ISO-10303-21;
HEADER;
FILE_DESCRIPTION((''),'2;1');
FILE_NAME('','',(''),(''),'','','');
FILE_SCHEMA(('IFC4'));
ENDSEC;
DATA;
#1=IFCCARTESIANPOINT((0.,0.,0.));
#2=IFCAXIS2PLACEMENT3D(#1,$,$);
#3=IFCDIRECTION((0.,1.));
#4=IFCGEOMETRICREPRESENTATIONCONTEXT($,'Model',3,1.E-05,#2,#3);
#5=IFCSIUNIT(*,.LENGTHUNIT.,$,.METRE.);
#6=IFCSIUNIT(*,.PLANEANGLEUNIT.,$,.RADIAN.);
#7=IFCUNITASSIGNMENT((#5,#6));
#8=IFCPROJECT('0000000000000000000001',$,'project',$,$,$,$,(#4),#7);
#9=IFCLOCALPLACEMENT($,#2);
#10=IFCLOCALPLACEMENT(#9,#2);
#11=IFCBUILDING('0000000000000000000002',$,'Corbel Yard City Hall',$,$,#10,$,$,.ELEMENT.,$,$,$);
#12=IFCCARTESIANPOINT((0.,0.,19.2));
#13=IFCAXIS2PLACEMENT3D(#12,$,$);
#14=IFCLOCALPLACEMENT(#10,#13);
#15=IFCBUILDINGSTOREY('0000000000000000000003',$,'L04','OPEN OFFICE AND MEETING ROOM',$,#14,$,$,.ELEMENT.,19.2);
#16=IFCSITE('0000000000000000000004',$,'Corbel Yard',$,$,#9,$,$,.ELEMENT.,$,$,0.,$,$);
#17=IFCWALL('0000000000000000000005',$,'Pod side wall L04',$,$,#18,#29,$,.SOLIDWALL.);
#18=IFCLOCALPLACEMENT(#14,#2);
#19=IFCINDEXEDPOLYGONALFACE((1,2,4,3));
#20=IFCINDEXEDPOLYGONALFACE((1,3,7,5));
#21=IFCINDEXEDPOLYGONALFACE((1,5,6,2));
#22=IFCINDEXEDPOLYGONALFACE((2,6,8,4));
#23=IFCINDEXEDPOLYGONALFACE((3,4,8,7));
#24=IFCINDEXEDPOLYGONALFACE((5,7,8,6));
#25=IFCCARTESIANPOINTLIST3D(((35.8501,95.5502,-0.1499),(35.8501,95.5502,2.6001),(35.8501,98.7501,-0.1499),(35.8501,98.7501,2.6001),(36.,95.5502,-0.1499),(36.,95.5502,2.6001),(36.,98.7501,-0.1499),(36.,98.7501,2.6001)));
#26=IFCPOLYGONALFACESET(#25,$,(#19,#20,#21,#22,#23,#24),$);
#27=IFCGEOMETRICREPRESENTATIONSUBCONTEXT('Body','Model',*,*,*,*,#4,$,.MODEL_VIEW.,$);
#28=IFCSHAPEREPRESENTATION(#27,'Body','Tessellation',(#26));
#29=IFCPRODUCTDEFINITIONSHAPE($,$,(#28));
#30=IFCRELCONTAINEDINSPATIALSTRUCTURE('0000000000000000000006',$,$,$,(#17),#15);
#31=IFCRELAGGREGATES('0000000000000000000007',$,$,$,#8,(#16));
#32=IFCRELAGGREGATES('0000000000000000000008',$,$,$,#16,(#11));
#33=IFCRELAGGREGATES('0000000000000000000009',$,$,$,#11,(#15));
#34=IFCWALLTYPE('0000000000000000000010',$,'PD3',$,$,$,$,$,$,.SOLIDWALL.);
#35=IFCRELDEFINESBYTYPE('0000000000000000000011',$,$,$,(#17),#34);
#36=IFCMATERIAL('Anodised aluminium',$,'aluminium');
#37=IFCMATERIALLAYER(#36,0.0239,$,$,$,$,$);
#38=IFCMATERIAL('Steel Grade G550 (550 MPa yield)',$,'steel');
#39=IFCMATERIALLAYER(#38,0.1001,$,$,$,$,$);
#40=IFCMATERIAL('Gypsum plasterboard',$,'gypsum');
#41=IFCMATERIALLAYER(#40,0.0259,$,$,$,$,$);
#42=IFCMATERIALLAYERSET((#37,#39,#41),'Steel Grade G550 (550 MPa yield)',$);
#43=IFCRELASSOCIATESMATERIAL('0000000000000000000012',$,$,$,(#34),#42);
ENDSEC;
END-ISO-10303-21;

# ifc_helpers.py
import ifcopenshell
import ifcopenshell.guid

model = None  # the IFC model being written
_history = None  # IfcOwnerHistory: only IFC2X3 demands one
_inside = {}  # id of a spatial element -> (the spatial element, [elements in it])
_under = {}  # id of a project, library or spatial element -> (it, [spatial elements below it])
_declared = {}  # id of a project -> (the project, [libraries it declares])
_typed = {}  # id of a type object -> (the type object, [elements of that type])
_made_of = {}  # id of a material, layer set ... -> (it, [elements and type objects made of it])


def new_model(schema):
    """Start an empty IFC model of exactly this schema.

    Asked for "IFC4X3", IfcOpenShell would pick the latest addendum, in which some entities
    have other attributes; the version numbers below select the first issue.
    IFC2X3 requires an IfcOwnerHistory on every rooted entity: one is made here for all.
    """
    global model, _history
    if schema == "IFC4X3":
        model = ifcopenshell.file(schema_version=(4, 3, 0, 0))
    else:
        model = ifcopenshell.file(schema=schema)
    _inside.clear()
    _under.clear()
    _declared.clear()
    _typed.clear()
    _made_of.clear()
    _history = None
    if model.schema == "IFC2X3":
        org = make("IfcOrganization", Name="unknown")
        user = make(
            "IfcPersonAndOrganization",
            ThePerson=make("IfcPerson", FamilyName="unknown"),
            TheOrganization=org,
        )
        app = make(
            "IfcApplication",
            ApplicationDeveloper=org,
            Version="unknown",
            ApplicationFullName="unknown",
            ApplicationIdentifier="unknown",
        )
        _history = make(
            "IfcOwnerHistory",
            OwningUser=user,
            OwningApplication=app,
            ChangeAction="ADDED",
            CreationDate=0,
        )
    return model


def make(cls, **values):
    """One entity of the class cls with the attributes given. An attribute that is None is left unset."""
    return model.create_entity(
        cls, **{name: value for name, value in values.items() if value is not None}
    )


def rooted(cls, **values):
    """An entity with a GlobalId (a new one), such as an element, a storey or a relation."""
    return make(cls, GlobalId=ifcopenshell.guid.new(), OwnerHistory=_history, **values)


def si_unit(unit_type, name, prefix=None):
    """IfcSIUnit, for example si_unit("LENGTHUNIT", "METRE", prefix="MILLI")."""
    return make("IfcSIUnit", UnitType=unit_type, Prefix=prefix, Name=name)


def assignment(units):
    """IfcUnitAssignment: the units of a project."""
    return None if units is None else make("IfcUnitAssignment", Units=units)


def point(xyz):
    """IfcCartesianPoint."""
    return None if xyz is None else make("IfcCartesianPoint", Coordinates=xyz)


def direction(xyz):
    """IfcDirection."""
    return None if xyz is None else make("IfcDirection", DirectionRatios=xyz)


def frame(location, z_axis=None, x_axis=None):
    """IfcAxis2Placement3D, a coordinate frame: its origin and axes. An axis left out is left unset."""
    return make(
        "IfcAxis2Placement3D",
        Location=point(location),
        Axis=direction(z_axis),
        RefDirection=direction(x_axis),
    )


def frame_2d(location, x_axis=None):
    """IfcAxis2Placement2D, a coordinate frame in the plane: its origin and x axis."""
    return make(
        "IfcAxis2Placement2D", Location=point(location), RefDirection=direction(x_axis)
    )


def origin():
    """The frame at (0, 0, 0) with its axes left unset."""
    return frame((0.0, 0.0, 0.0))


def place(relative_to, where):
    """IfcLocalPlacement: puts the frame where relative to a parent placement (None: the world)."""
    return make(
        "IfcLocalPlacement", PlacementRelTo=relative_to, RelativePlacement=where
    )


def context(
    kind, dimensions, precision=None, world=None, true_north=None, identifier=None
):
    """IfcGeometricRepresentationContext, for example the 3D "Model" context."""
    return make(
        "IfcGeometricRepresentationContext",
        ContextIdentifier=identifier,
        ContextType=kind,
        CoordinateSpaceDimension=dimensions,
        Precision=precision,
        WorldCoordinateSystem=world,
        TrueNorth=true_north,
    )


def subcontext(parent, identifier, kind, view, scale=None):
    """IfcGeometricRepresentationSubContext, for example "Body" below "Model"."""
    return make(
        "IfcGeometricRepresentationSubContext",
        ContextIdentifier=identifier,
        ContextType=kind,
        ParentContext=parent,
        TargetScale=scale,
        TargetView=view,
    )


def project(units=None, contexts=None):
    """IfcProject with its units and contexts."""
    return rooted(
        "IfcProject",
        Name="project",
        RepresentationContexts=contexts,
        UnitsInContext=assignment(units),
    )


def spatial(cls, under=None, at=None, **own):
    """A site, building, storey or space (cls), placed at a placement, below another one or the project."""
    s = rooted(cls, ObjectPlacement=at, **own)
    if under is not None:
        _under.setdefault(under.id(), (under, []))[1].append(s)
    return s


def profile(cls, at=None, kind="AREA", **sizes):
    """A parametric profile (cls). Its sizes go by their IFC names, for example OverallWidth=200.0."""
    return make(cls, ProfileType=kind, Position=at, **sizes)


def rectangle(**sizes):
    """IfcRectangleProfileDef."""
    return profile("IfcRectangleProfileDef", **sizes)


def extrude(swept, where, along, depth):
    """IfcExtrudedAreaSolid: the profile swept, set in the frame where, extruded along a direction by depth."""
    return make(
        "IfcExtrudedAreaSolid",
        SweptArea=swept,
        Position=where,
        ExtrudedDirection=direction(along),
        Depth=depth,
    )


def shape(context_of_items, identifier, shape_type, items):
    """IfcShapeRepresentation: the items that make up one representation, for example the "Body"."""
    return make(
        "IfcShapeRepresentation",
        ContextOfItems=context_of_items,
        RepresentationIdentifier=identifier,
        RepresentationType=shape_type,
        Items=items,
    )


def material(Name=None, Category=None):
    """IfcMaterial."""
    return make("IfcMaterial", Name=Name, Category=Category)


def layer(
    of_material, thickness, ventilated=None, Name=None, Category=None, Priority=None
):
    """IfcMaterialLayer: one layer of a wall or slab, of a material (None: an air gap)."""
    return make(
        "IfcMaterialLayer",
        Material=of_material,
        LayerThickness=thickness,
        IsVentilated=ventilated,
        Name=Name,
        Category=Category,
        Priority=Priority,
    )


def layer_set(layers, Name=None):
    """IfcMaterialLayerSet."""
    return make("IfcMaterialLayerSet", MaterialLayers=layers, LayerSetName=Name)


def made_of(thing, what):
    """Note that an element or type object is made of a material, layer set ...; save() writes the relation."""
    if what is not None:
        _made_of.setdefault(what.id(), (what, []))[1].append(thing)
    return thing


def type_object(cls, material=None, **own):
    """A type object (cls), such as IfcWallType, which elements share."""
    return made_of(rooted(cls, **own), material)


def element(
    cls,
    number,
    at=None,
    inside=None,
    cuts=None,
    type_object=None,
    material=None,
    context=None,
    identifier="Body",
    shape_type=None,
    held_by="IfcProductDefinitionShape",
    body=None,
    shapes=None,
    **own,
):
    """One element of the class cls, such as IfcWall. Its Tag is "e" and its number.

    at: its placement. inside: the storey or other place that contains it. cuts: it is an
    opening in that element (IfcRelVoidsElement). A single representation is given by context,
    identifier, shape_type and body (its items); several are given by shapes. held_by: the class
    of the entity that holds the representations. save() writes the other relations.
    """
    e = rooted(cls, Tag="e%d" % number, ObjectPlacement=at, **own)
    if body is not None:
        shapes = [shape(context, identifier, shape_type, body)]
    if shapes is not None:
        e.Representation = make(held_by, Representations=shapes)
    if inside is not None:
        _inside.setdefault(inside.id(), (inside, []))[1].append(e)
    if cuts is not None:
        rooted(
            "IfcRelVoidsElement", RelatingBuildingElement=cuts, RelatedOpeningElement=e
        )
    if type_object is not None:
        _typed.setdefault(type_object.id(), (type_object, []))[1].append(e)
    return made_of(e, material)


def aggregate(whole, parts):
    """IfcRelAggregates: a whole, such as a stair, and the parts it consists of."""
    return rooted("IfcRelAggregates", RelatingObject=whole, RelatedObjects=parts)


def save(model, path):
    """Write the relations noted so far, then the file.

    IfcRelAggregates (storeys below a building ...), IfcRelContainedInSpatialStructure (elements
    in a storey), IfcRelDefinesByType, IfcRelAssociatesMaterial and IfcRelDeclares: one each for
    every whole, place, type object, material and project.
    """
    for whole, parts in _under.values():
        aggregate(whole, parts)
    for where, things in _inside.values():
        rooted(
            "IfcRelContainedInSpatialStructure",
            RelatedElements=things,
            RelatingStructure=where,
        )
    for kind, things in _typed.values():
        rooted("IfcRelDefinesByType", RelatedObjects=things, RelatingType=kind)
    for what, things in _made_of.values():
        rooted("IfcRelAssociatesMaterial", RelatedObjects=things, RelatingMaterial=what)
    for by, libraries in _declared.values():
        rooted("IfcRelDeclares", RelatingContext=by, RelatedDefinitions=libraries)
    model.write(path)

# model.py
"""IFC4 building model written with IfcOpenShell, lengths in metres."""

from ifc_helpers import new_model, si_unit, direction, frame, frame_2d, origin, place, context, subcontext, project, spatial, rectangle, extrude, material, layer, layer_set, type_object, element, save


model = new_model("IFC4")

# Units and contexts
model_context = context("Model", 3, precision=1e-05, world=origin(), true_north=direction((0.0, 1.0)))
body_context = subcontext(model_context, "Body", "Model", "MODEL_VIEW")
ifc_project = project(units=[si_unit("LENGTHUNIT", "METRE"), si_unit("PLANEANGLEUNIT", "RADIAN")], contexts=[model_context])

# Site, building, storey
site_placement = place(None, origin())
site = spatial("IfcSite", under=ifc_project, at=site_placement, Name="Corbel Yard", CompositionType="ELEMENT", RefElevation=0.0)
building_placement = place(site_placement, origin())
building = spatial("IfcBuilding", under=site, at=building_placement, Name="Corbel Yard City Hall", CompositionType="ELEMENT")
storey_placement = place(building_placement, frame((0.0, 0.0, 19.2)))
storey = spatial("IfcBuildingStorey", under=building, at=storey_placement, Name="L04", Description="OPEN OFFICE AND MEETING ROOM", CompositionType="ELEMENT", Elevation=19.2)

# Shared definitions
ifc_material_1 = material(Name="Anodised aluminium", Category="aluminium")
ifc_material_2 = material(Name="Steel Grade G550 (550 MPa yield)", Category="steel")
ifc_material_3 = material(Name="Gypsum plasterboard", Category="gypsum")

# Shared definitions
ifc_layer_1 = layer(ifc_material_1, 0.0239)
ifc_layer_2 = layer(ifc_material_2, 0.1001)
ifc_layer_3 = layer(ifc_material_3, 0.0259)
ifc_layer_set_1 = layer_set([ifc_layer_1, ifc_layer_2, ifc_layer_3], Name="Steel Grade G550 (550 MPa yield)")
wall_type_1 = type_object("IfcWallType", Name="PD3", PredefinedType="SOLIDWALL", material=ifc_layer_set_1)

# Wall
wall_1_placement = place(storey_placement, frame((35.925, 95.55, -0.1499), z_axis=(0.0, 0.0, 1.0), x_axis=(0.0, 1.0, 0.0)))
element("IfcWall", 1, at=wall_1_placement, inside=storey, type_object=wall_type_1, Name="Pod side wall L04", PredefinedType="SOLIDWALL", context=body_context, shape_type="SweptSolid", body=[
    extrude(rectangle(XDim=3.2, YDim=0.1499, at=frame_2d((1.6001, 0.0))), origin(), (0.0, 0.0, 1.0), 2.75),
])

save(model, "model.ifc")
